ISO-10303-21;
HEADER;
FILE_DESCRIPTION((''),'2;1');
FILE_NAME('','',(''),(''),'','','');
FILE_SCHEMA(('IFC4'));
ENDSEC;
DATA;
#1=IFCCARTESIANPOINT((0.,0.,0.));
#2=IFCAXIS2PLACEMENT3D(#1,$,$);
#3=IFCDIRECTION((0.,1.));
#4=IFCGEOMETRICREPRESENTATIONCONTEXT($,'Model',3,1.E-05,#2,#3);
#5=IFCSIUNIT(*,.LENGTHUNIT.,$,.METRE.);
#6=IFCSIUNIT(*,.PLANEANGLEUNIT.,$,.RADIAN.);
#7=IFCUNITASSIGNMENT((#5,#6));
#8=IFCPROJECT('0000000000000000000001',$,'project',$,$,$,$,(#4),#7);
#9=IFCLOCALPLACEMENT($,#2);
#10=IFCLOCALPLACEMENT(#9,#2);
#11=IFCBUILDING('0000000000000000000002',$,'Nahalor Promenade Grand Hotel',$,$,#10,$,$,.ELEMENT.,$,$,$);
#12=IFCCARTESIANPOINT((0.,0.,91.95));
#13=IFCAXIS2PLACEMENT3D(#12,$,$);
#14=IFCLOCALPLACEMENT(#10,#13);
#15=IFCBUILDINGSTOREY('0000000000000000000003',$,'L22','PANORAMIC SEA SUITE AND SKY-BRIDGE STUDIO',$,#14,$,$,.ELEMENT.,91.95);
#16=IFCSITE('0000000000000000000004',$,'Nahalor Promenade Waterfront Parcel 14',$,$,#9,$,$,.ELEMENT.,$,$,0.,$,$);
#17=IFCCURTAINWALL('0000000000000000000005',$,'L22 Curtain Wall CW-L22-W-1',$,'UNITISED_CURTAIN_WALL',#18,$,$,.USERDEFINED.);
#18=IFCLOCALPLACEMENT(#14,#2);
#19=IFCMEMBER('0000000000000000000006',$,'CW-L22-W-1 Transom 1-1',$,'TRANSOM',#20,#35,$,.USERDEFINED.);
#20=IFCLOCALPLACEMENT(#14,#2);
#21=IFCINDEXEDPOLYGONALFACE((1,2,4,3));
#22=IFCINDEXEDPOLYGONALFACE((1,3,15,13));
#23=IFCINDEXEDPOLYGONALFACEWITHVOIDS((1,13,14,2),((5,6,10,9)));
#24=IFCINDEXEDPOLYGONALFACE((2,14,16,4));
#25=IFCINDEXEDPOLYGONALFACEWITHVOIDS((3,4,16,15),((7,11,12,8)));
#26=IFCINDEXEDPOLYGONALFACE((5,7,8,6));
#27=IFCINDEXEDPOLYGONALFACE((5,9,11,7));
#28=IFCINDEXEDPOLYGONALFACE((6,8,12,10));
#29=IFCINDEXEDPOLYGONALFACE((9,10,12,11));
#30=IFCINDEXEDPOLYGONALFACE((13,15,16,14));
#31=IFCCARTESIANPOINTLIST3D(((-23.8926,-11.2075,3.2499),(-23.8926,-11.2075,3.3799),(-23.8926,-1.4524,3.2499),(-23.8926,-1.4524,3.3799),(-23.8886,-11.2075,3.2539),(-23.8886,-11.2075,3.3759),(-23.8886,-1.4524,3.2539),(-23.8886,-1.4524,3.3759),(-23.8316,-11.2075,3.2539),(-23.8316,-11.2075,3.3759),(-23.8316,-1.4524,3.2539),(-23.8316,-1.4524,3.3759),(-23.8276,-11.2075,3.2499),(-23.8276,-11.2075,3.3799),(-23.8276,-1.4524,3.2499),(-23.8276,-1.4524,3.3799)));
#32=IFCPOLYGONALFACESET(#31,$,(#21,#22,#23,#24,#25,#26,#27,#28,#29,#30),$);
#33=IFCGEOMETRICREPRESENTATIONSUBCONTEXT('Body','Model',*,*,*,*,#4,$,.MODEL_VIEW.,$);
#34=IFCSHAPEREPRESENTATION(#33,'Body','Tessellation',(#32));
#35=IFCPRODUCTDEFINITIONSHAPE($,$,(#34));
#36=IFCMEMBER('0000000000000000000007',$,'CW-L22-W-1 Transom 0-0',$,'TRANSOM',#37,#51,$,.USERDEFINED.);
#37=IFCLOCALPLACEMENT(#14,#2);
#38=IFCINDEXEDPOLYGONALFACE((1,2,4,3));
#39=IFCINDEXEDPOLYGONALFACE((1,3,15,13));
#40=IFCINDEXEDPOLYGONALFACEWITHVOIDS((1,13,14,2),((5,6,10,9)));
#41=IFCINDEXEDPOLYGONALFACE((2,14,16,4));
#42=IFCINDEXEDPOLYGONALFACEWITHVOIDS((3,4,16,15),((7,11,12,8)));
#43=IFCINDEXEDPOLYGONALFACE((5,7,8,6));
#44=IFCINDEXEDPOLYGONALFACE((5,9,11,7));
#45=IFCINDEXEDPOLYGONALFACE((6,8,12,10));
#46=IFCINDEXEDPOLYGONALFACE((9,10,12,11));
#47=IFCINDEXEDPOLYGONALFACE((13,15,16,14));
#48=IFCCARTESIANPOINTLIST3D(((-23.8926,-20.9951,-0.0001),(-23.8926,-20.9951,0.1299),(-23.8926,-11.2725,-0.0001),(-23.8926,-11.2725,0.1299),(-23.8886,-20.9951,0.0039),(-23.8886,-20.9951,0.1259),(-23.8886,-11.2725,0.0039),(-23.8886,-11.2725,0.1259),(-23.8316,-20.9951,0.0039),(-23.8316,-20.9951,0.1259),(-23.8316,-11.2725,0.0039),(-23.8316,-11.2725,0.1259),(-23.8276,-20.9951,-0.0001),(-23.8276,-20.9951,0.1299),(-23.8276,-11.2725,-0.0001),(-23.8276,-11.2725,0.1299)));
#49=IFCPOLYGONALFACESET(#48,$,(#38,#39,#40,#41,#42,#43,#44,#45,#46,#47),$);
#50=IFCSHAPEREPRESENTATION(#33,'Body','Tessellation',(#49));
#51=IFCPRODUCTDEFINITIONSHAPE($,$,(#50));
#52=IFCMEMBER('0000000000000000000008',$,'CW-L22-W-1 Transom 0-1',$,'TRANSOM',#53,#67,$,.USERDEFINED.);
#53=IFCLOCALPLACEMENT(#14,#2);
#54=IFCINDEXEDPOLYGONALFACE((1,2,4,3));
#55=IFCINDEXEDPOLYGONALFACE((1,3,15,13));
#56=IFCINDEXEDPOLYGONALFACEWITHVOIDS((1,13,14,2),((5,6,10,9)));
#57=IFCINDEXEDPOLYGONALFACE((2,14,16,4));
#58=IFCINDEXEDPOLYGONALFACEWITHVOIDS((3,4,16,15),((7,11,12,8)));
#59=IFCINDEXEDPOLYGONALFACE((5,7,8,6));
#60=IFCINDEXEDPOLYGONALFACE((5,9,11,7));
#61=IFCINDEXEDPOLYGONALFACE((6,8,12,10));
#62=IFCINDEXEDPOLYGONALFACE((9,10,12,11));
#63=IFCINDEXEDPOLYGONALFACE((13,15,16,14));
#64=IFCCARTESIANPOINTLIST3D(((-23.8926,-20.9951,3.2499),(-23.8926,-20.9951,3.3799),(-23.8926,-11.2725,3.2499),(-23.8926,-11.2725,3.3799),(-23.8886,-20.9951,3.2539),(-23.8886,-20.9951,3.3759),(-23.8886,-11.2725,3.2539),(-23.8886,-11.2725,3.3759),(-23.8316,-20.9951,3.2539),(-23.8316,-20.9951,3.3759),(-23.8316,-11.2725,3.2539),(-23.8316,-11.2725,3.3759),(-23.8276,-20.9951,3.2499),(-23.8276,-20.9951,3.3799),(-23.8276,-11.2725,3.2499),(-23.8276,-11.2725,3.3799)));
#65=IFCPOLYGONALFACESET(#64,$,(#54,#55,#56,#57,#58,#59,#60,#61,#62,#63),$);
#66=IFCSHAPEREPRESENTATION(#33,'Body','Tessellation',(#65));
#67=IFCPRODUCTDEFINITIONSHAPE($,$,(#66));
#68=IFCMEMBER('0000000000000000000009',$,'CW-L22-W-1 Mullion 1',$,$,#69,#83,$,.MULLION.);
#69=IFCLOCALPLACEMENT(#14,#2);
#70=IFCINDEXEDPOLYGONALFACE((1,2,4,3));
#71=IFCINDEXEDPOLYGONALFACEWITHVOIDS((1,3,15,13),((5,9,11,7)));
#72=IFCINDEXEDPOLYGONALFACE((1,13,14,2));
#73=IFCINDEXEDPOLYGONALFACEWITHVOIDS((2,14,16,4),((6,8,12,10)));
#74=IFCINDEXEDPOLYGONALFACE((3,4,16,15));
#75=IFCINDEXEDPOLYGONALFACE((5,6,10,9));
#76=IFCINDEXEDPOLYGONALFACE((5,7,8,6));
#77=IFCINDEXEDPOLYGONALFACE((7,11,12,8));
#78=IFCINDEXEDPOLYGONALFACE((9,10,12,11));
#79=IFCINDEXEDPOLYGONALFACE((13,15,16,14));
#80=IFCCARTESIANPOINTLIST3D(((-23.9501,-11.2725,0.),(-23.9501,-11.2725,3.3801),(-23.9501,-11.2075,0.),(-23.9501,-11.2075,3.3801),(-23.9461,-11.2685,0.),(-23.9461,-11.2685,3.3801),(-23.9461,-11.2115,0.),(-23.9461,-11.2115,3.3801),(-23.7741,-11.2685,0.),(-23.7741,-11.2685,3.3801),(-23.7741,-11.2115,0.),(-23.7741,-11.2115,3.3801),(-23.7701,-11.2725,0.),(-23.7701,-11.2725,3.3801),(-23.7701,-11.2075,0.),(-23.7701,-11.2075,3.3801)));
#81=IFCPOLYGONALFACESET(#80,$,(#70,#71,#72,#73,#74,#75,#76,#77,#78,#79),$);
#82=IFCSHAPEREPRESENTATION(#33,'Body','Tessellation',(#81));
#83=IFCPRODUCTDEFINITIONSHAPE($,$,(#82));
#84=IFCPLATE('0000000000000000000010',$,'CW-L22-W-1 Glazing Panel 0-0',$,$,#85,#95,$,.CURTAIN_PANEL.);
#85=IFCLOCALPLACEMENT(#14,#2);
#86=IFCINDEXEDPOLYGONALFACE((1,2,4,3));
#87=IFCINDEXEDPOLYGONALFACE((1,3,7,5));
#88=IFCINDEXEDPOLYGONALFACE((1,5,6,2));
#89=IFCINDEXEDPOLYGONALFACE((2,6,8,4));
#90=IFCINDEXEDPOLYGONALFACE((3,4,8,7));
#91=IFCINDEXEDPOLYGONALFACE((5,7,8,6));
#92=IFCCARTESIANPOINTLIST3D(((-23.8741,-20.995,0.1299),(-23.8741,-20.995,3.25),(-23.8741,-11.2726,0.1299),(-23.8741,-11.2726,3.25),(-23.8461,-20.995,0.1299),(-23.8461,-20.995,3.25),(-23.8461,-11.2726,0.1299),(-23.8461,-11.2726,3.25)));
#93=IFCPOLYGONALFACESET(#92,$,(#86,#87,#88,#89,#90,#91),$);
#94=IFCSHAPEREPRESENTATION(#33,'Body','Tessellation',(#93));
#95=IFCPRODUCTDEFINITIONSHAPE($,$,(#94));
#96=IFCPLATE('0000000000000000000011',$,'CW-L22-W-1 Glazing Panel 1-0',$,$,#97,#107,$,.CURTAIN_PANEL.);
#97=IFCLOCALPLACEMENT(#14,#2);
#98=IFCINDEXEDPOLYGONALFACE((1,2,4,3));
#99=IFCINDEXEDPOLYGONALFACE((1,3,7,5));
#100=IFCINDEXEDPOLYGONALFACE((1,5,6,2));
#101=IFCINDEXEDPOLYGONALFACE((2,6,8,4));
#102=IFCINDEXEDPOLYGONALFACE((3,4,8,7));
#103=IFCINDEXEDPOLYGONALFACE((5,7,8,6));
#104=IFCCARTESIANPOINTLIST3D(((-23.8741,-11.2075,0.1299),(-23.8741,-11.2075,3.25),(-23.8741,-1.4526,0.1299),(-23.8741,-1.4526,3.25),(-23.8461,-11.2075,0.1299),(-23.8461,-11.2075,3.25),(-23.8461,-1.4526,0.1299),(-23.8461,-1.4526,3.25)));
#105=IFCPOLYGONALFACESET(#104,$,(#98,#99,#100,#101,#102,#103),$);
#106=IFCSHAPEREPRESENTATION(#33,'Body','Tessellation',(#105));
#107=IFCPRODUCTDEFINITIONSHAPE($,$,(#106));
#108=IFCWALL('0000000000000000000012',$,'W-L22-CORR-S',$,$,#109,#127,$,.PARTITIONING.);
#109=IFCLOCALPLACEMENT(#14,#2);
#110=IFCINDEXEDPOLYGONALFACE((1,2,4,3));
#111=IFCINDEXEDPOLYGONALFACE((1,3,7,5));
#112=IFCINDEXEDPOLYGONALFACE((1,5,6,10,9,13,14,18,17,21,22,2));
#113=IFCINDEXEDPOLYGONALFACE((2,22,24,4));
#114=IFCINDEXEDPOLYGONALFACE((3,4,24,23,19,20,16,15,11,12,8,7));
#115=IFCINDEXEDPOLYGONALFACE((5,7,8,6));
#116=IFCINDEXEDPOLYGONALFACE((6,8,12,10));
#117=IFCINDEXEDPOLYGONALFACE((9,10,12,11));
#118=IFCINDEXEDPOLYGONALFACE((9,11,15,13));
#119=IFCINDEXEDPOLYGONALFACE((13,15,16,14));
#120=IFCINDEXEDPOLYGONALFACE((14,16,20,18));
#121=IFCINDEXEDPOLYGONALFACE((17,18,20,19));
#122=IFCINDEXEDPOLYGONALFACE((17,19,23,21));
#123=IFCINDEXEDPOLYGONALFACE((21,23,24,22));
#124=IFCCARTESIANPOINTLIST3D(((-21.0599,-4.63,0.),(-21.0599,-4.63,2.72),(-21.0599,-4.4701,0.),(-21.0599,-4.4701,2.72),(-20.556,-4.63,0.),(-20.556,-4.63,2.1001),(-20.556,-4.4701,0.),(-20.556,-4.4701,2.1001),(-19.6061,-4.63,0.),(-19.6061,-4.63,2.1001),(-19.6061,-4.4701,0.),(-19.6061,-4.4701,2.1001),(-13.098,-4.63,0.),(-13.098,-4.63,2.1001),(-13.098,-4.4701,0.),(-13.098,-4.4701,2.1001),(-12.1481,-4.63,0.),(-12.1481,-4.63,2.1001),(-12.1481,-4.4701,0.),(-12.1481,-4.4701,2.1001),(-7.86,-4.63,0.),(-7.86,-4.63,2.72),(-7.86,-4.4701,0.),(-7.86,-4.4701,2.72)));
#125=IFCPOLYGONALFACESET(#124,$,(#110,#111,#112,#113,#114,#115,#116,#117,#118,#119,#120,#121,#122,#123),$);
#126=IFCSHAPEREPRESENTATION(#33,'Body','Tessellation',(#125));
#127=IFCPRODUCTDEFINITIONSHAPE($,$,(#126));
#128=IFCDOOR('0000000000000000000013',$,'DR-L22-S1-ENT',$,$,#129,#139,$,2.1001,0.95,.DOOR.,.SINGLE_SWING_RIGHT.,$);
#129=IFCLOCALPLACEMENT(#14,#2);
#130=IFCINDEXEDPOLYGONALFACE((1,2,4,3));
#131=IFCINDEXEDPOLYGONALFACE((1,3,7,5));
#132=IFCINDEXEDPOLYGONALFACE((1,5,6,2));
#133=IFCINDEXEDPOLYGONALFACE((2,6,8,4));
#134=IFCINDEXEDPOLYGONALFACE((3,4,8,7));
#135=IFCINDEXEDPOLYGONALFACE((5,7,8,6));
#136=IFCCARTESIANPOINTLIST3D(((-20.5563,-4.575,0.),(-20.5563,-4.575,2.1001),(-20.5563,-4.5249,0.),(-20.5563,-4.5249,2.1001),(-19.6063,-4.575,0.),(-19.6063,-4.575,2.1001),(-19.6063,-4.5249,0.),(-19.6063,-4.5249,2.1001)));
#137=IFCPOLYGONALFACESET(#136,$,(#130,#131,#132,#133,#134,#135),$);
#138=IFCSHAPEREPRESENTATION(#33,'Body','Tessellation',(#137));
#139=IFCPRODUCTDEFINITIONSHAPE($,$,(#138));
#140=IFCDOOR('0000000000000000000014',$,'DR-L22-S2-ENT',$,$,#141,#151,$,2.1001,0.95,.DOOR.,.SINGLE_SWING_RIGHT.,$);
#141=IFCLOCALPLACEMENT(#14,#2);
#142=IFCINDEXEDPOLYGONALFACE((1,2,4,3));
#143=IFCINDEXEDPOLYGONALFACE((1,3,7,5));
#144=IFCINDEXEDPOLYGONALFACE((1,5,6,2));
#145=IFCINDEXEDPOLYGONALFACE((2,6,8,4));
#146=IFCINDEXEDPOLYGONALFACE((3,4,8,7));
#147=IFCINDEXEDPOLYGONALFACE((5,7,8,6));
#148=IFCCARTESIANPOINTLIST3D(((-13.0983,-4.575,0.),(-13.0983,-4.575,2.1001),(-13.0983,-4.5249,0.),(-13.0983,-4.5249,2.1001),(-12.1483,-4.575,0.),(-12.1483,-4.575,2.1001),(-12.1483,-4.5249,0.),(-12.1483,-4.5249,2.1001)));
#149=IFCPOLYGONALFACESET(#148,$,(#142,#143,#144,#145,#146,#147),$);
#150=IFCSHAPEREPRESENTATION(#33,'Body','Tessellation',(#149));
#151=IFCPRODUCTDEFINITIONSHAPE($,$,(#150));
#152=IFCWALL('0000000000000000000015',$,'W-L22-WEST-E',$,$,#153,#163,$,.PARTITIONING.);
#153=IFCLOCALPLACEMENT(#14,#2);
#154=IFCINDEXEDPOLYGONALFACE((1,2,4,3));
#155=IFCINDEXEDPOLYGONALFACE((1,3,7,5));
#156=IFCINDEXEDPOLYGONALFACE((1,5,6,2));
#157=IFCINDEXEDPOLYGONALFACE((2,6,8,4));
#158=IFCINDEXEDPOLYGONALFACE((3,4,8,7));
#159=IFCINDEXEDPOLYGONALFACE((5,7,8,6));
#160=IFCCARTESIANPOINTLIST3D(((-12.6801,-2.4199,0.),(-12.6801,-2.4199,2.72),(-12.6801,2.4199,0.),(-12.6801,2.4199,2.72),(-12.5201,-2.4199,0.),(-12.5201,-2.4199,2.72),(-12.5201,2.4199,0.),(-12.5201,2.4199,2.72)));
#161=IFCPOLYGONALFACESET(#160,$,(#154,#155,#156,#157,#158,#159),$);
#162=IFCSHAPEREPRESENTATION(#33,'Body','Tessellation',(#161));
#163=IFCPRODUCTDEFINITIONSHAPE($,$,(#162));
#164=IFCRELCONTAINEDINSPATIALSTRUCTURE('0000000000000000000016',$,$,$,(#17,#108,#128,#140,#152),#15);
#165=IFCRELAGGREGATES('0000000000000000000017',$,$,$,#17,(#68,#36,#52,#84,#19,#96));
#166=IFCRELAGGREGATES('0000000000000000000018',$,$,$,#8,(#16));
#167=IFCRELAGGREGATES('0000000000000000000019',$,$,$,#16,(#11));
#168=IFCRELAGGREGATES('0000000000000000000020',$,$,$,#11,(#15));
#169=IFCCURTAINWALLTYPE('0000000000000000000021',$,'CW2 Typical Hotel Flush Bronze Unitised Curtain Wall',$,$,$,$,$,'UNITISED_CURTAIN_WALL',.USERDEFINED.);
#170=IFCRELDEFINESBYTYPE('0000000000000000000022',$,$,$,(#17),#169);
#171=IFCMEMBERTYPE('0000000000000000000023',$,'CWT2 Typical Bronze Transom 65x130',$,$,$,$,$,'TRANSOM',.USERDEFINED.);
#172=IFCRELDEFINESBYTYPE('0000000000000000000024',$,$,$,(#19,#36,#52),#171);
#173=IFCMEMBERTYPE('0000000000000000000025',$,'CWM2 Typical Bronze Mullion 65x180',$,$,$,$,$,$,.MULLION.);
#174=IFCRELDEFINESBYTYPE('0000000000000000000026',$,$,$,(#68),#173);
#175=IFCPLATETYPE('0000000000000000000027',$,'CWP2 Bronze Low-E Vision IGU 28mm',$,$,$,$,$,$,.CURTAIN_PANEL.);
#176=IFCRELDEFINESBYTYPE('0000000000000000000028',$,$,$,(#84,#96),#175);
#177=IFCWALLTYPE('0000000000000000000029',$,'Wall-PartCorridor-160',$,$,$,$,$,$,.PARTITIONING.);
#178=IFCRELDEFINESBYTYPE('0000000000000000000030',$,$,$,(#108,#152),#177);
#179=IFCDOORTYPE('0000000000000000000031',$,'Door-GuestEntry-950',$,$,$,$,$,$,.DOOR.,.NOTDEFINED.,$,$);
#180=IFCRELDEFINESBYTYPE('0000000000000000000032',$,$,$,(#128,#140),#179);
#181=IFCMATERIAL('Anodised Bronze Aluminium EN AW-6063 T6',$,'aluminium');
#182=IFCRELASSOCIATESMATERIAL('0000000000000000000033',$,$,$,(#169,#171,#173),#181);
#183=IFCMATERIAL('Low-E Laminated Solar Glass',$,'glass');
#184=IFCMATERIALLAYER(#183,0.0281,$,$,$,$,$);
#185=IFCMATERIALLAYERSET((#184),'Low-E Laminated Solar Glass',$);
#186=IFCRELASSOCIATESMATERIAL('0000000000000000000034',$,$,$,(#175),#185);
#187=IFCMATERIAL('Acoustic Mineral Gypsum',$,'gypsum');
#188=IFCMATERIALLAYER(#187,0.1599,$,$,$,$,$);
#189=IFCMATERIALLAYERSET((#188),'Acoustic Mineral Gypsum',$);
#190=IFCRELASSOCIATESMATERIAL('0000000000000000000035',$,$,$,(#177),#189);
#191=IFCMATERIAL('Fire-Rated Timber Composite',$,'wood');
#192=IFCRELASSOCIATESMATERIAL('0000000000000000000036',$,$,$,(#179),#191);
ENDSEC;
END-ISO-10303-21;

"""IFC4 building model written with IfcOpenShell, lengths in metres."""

from ifc_helpers import new_model, si_unit, direction, frame, frame_2d, origin, origin_2d, place, context, subcontext, project, spatial, rectangle, hollow_rectangle, extrude, source, transform, mapped, material, layer, layer_set, material_profile, profile_set, type_object, element, fill, aggregate, save


model = new_model("IFC4")

# Units and contexts
model_context = context("Model", 3, precision=1e-05, world=origin(), true_north=direction((0.0, 1.0)))
body_context = subcontext(model_context, "Body", "Model", "MODEL_VIEW")
ifc_project = project(units=[si_unit("LENGTHUNIT", "METRE"), si_unit("PLANEANGLEUNIT", "RADIAN")], contexts=[model_context])

# Site, building, storey
site_placement = place(None, origin())
site = spatial("IfcSite", under=ifc_project, at=site_placement, Name="Nahalor Promenade Waterfront Parcel 14", CompositionType="ELEMENT", RefElevation=0.0)
building_placement = place(site_placement, origin())
building = spatial("IfcBuilding", under=site, at=building_placement, Name="Nahalor Promenade Grand Hotel", CompositionType="ELEMENT")
storey_placement = place(building_placement, frame((0.0, 0.0, 91.95)))
storey = spatial("IfcBuildingStorey", under=building, at=storey_placement, Name="L22", Description="PANORAMIC SEA SUITE AND SKY-BRIDGE STUDIO", CompositionType="ELEMENT", Elevation=91.95)

# Curtain wall, members, plates
ifc_material_1 = material(Name="Anodised Bronze Aluminium EN AW-6063 T6", Category="aluminium")
curtain_wall_type = type_object("IfcCurtainWallType", Name="CW2 Typical Hotel Flush Bronze Unitised Curtain Wall", ElementType="UNITISED_CURTAIN_WALL", PredefinedType="USERDEFINED", material=ifc_material_1)
curtain_wall_placement = place(storey_placement, origin())
curtain_wall = element("IfcCurtainWall", 1, at=curtain_wall_placement, inside=storey, type_object=curtain_wall_type, Name="L22 Curtain Wall CW-L22-W-1", ObjectType="UNITISED_CURTAIN_WALL", PredefinedType="USERDEFINED")
ifc_material_profile_1 = material_profile(ifc_material_1, hollow_rectangle(XDim=0.065, YDim=0.13, WallThickness=0.004, at=origin_2d()), Name="CWT 65x130x4")
ifc_profile_set_1 = profile_set([ifc_material_profile_1], Name="Anodised Bronze Aluminium EN AW-6063 T6")
member_type_1 = type_object("IfcMemberType", Name="CWT2 Typical Bronze Transom 65x130", ElementType="TRANSOM", PredefinedType="USERDEFINED", material=ifc_profile_set_1)
shared_shape_1 = source(origin(), body_context, "Body", "SweptSolid", [
    extrude(hollow_rectangle(XDim=0.065, YDim=0.13, WallThickness=0.004, at=origin_2d()), origin(), (0.0, 0.0, 1.0), 9.7551),
])
member_1_placement = place(storey_placement, frame((-23.8601, -11.2075, 3.3149), z_axis=(0.0, 1.0, 0.0), x_axis=(-1.0, 0.0, 0.0)))
member_1 = element("IfcMember", 2, at=member_1_placement, type_object=member_type_1, Name="CW-L22-W-1 Transom 1-1", ObjectType="TRANSOM", PredefinedType="USERDEFINED", context=body_context, shape_type="MappedRepresentation", body=[
    mapped(shared_shape_1, transform((0.0, 0.0, 0.0), scale=1.0)),
])
shared_shape_2 = source(origin(), body_context, "Body", "SweptSolid", [
    extrude(hollow_rectangle(XDim=0.065, YDim=0.13, WallThickness=0.004, at=origin_2d()), origin(), (0.0, 0.0, 1.0), 9.7227),
])
member_2_placement = place(storey_placement, frame((-23.8601, -20.9951, 0.0649), z_axis=(0.0, 1.0, 0.0), x_axis=(-1.0, 0.0, 0.0)))
member_2 = element("IfcMember", 3, at=member_2_placement, type_object=member_type_1, Name="CW-L22-W-1 Transom 0-0", ObjectType="TRANSOM", PredefinedType="USERDEFINED", context=body_context, shape_type="MappedRepresentation", body=[
    mapped(shared_shape_2, transform((0.0, 0.0, 0.0), scale=1.0)),
])
member_3_placement = place(storey_placement, frame((-23.8601, -20.9951, 3.3149), z_axis=(0.0, 1.0, 0.0), x_axis=(-1.0, 0.0, 0.0)))
member_3 = element("IfcMember", 4, at=member_3_placement, type_object=member_type_1, Name="CW-L22-W-1 Transom 0-1", ObjectType="TRANSOM", PredefinedType="USERDEFINED", context=body_context, shape_type="MappedRepresentation", body=[
    mapped(shared_shape_2, transform((0.0, 0.0, 0.0), scale=1.0)),
])
ifc_material_profile_2 = material_profile(ifc_material_1, hollow_rectangle(XDim=0.065, YDim=0.18, WallThickness=0.004, at=origin_2d()), Name="CWM 65x180x4")
ifc_profile_set_2 = profile_set([ifc_material_profile_2], Name="Anodised Bronze Aluminium EN AW-6063 T6")
member_type_2 = type_object("IfcMemberType", Name="CWM2 Typical Bronze Mullion 65x180", PredefinedType="MULLION", material=ifc_profile_set_2)
shared_shape_3 = source(origin(), body_context, "Body", "SweptSolid", [
    extrude(hollow_rectangle(XDim=0.065, YDim=0.18, WallThickness=0.004, at=origin_2d()), origin(), (0.0, 0.0, 1.0), 3.3801),
])
member_4_placement = place(storey_placement, frame((-23.8601, -11.24, 0.0), z_axis=(0.0, 0.0, 1.0), x_axis=(0.0, 1.0, 0.0)))
member_4 = element("IfcMember", 5, at=member_4_placement, type_object=member_type_2, Name="CW-L22-W-1 Mullion 1", PredefinedType="MULLION", context=body_context, shape_type="MappedRepresentation", body=[
    mapped(shared_shape_3, transform((0.0, 0.0, 0.0), scale=1.0)),
])
ifc_material_2 = material(Name="Low-E Laminated Solar Glass", Category="glass")
ifc_layer_1 = layer(ifc_material_2, 0.0281)
ifc_layer_set_1 = layer_set([ifc_layer_1], Name="Low-E Laminated Solar Glass")
plate_type = type_object("IfcPlateType", Name="CWP2 Bronze Low-E Vision IGU 28mm", PredefinedType="CURTAIN_PANEL", material=ifc_layer_set_1)
shared_shape_4 = source(origin(), body_context, "Body", "SweptSolid", [
    extrude(rectangle(XDim=9.7224, YDim=0.0281, at=origin_2d()), origin(), (0.0, 0.0, 1.0), 3.1201),
])
plate_1_placement = place(storey_placement, frame((-23.8601, -16.1338, 0.1299), z_axis=(0.0, 0.0, 1.0), x_axis=(0.0, 1.0, 0.0)))
plate_1 = element("IfcPlate", 6, at=plate_1_placement, type_object=plate_type, Name="CW-L22-W-1 Glazing Panel 0-0", PredefinedType="CURTAIN_PANEL", context=body_context, shape_type="MappedRepresentation", body=[
    mapped(shared_shape_4, transform((0.0, 0.0, 0.0), scale=1.0)),
])
shared_shape_5 = source(origin(), body_context, "Body", "SweptSolid", [
    extrude(rectangle(XDim=9.7549, YDim=0.0281, at=origin_2d()), origin(), (0.0, 0.0, 1.0), 3.1201),
])
plate_2_placement = place(storey_placement, frame((-23.8601, -6.3301, 0.1299), z_axis=(0.0, 0.0, 1.0), x_axis=(0.0, 1.0, 0.0)))
plate_2 = element("IfcPlate", 7, at=plate_2_placement, type_object=plate_type, Name="CW-L22-W-1 Glazing Panel 1-0", PredefinedType="CURTAIN_PANEL", context=body_context, shape_type="MappedRepresentation", body=[
    mapped(shared_shape_5, transform((0.0, 0.0, 0.0), scale=1.0)),
])
aggregate(curtain_wall, [member_4, member_2, member_3, plate_1, member_1, plate_2])

# Wall, openings, doors
ifc_material_3 = material(Name="Acoustic Mineral Gypsum", Category="gypsum")
ifc_layer_2 = layer(ifc_material_3, 0.1599)
ifc_layer_set_2 = layer_set([ifc_layer_2], Name="Acoustic Mineral Gypsum")
wall_type = type_object("IfcWallType", Name="Wall-PartCorridor-160", PredefinedType="PARTITIONING", material=ifc_layer_set_2)
shared_shape_6 = source(origin(), body_context, "Body", "SweptSolid", [
    extrude(rectangle(XDim=13.2, YDim=0.1599, at=frame_2d((6.6001, 0.0))), origin(), (0.0, 0.0, 1.0), 2.72),
])
wall_1_placement = place(storey_placement, frame((-21.0601, -4.55, 0.0), z_axis=(0.0, 0.0, 1.0), x_axis=(1.0, 0.0, 0.0)))
wall_1 = element("IfcWall", 8, at=wall_1_placement, inside=storey, type_object=wall_type, Name="W-L22-CORR-S", PredefinedType="PARTITIONING", context=body_context, shape_type="MappedRepresentation", body=[
    mapped(shared_shape_6, transform((0.0, 0.0, 0.0), scale=1.0)),
])
opening_1_placement = place(wall_1_placement, frame((0.5039, 0.0, 0.0)))
opening_1 = element("IfcOpeningElement", 9, at=opening_1_placement, cuts=wall_1, PredefinedType="OPENING", context=body_context, shape_type="SweptSolid", body=[
    extrude(rectangle(XDim=0.95, YDim=2.1001, at=frame_2d((0.4751, 1.05))), frame((0.0, 0.0898, 0.0), z_axis=(0.0, -1.0, 0.0), x_axis=(1.0, 0.0, 0.0)), (0.0, 0.0, 1.0), 0.1799),
])
opening_2_placement = place(wall_1_placement, frame((7.9619, 0.0, 0.0)))
opening_2 = element("IfcOpeningElement", 10, at=opening_2_placement, cuts=wall_1, PredefinedType="OPENING", context=body_context, shape_type="SweptSolid", body=[
    extrude(rectangle(XDim=0.95, YDim=2.1001, at=frame_2d((0.4751, 1.05))), frame((0.0, 0.0898, 0.0), z_axis=(0.0, -1.0, 0.0), x_axis=(1.0, 0.0, 0.0)), (0.0, 0.0, 1.0), 0.1799),
])
ifc_material_4 = material(Name="Fire-Rated Timber Composite", Category="wood")
door_type = type_object("IfcDoorType", Name="Door-GuestEntry-950", OperationType="NOTDEFINED", PredefinedType="DOOR", material=ifc_material_4)
shared_shape_7 = source(origin(), body_context, "Body", "SweptSolid", [
    extrude(rectangle(XDim=0.95, YDim=2.1001, at=frame_2d((0.4751, 1.05))), frame((0.0, 0.0249, 0.0), z_axis=(0.0, -1.0, 0.0), x_axis=(1.0, 0.0, 0.0)), (0.0, 0.0, 1.0), 0.05),
])
door_1_placement = place(opening_1_placement, frame((0.95, 0.0, 0.0), z_axis=(0.0, 0.0, 1.0), x_axis=(-1.0, 0.0, 0.0)))
door_1 = element("IfcDoor", 11, at=door_1_placement, inside=storey, type_object=door_type, Name="DR-L22-S1-ENT", OperationType="SINGLE_SWING_RIGHT", OverallHeight=2.1001, OverallWidth=0.95, PredefinedType="DOOR", context=body_context, shape_type="MappedRepresentation", body=[
    mapped(shared_shape_7, transform((0.0, 0.0, 0.0), scale=1.0)),
])
fill(opening_1, door_1)
door_2_placement = place(opening_2_placement, frame((0.95, 0.0, 0.0), z_axis=(0.0, 0.0, 1.0), x_axis=(-1.0, 0.0, 0.0)))
door_2 = element("IfcDoor", 12, at=door_2_placement, inside=storey, type_object=door_type, Name="DR-L22-S2-ENT", OperationType="SINGLE_SWING_RIGHT", OverallHeight=2.1001, OverallWidth=0.95, PredefinedType="DOOR", context=body_context, shape_type="MappedRepresentation", body=[
    mapped(shared_shape_7, transform((0.0, 0.0, 0.0), scale=1.0)),
])
fill(opening_2, door_2)

# Wall
shared_shape_8 = source(origin(), body_context, "Body", "SweptSolid", [
    extrude(rectangle(XDim=4.8398, YDim=0.1599, at=frame_2d((2.4199, 0.0))), origin(), (0.0, 0.0, 1.0), 2.72),
])
wall_2_placement = place(storey_placement, frame((-12.6001, -2.4199, 0.0), z_axis=(0.0, 0.0, 1.0), x_axis=(0.0, 1.0, 0.0)))
element("IfcWall", 13, at=wall_2_placement, inside=storey, type_object=wall_type, Name="W-L22-WEST-E", PredefinedType="PARTITIONING", context=body_context, shape_type="MappedRepresentation", body=[
    mapped(shared_shape_8, transform((0.0, 0.0, 0.0), scale=1.0)),
])

save(model, "model.ifc")
